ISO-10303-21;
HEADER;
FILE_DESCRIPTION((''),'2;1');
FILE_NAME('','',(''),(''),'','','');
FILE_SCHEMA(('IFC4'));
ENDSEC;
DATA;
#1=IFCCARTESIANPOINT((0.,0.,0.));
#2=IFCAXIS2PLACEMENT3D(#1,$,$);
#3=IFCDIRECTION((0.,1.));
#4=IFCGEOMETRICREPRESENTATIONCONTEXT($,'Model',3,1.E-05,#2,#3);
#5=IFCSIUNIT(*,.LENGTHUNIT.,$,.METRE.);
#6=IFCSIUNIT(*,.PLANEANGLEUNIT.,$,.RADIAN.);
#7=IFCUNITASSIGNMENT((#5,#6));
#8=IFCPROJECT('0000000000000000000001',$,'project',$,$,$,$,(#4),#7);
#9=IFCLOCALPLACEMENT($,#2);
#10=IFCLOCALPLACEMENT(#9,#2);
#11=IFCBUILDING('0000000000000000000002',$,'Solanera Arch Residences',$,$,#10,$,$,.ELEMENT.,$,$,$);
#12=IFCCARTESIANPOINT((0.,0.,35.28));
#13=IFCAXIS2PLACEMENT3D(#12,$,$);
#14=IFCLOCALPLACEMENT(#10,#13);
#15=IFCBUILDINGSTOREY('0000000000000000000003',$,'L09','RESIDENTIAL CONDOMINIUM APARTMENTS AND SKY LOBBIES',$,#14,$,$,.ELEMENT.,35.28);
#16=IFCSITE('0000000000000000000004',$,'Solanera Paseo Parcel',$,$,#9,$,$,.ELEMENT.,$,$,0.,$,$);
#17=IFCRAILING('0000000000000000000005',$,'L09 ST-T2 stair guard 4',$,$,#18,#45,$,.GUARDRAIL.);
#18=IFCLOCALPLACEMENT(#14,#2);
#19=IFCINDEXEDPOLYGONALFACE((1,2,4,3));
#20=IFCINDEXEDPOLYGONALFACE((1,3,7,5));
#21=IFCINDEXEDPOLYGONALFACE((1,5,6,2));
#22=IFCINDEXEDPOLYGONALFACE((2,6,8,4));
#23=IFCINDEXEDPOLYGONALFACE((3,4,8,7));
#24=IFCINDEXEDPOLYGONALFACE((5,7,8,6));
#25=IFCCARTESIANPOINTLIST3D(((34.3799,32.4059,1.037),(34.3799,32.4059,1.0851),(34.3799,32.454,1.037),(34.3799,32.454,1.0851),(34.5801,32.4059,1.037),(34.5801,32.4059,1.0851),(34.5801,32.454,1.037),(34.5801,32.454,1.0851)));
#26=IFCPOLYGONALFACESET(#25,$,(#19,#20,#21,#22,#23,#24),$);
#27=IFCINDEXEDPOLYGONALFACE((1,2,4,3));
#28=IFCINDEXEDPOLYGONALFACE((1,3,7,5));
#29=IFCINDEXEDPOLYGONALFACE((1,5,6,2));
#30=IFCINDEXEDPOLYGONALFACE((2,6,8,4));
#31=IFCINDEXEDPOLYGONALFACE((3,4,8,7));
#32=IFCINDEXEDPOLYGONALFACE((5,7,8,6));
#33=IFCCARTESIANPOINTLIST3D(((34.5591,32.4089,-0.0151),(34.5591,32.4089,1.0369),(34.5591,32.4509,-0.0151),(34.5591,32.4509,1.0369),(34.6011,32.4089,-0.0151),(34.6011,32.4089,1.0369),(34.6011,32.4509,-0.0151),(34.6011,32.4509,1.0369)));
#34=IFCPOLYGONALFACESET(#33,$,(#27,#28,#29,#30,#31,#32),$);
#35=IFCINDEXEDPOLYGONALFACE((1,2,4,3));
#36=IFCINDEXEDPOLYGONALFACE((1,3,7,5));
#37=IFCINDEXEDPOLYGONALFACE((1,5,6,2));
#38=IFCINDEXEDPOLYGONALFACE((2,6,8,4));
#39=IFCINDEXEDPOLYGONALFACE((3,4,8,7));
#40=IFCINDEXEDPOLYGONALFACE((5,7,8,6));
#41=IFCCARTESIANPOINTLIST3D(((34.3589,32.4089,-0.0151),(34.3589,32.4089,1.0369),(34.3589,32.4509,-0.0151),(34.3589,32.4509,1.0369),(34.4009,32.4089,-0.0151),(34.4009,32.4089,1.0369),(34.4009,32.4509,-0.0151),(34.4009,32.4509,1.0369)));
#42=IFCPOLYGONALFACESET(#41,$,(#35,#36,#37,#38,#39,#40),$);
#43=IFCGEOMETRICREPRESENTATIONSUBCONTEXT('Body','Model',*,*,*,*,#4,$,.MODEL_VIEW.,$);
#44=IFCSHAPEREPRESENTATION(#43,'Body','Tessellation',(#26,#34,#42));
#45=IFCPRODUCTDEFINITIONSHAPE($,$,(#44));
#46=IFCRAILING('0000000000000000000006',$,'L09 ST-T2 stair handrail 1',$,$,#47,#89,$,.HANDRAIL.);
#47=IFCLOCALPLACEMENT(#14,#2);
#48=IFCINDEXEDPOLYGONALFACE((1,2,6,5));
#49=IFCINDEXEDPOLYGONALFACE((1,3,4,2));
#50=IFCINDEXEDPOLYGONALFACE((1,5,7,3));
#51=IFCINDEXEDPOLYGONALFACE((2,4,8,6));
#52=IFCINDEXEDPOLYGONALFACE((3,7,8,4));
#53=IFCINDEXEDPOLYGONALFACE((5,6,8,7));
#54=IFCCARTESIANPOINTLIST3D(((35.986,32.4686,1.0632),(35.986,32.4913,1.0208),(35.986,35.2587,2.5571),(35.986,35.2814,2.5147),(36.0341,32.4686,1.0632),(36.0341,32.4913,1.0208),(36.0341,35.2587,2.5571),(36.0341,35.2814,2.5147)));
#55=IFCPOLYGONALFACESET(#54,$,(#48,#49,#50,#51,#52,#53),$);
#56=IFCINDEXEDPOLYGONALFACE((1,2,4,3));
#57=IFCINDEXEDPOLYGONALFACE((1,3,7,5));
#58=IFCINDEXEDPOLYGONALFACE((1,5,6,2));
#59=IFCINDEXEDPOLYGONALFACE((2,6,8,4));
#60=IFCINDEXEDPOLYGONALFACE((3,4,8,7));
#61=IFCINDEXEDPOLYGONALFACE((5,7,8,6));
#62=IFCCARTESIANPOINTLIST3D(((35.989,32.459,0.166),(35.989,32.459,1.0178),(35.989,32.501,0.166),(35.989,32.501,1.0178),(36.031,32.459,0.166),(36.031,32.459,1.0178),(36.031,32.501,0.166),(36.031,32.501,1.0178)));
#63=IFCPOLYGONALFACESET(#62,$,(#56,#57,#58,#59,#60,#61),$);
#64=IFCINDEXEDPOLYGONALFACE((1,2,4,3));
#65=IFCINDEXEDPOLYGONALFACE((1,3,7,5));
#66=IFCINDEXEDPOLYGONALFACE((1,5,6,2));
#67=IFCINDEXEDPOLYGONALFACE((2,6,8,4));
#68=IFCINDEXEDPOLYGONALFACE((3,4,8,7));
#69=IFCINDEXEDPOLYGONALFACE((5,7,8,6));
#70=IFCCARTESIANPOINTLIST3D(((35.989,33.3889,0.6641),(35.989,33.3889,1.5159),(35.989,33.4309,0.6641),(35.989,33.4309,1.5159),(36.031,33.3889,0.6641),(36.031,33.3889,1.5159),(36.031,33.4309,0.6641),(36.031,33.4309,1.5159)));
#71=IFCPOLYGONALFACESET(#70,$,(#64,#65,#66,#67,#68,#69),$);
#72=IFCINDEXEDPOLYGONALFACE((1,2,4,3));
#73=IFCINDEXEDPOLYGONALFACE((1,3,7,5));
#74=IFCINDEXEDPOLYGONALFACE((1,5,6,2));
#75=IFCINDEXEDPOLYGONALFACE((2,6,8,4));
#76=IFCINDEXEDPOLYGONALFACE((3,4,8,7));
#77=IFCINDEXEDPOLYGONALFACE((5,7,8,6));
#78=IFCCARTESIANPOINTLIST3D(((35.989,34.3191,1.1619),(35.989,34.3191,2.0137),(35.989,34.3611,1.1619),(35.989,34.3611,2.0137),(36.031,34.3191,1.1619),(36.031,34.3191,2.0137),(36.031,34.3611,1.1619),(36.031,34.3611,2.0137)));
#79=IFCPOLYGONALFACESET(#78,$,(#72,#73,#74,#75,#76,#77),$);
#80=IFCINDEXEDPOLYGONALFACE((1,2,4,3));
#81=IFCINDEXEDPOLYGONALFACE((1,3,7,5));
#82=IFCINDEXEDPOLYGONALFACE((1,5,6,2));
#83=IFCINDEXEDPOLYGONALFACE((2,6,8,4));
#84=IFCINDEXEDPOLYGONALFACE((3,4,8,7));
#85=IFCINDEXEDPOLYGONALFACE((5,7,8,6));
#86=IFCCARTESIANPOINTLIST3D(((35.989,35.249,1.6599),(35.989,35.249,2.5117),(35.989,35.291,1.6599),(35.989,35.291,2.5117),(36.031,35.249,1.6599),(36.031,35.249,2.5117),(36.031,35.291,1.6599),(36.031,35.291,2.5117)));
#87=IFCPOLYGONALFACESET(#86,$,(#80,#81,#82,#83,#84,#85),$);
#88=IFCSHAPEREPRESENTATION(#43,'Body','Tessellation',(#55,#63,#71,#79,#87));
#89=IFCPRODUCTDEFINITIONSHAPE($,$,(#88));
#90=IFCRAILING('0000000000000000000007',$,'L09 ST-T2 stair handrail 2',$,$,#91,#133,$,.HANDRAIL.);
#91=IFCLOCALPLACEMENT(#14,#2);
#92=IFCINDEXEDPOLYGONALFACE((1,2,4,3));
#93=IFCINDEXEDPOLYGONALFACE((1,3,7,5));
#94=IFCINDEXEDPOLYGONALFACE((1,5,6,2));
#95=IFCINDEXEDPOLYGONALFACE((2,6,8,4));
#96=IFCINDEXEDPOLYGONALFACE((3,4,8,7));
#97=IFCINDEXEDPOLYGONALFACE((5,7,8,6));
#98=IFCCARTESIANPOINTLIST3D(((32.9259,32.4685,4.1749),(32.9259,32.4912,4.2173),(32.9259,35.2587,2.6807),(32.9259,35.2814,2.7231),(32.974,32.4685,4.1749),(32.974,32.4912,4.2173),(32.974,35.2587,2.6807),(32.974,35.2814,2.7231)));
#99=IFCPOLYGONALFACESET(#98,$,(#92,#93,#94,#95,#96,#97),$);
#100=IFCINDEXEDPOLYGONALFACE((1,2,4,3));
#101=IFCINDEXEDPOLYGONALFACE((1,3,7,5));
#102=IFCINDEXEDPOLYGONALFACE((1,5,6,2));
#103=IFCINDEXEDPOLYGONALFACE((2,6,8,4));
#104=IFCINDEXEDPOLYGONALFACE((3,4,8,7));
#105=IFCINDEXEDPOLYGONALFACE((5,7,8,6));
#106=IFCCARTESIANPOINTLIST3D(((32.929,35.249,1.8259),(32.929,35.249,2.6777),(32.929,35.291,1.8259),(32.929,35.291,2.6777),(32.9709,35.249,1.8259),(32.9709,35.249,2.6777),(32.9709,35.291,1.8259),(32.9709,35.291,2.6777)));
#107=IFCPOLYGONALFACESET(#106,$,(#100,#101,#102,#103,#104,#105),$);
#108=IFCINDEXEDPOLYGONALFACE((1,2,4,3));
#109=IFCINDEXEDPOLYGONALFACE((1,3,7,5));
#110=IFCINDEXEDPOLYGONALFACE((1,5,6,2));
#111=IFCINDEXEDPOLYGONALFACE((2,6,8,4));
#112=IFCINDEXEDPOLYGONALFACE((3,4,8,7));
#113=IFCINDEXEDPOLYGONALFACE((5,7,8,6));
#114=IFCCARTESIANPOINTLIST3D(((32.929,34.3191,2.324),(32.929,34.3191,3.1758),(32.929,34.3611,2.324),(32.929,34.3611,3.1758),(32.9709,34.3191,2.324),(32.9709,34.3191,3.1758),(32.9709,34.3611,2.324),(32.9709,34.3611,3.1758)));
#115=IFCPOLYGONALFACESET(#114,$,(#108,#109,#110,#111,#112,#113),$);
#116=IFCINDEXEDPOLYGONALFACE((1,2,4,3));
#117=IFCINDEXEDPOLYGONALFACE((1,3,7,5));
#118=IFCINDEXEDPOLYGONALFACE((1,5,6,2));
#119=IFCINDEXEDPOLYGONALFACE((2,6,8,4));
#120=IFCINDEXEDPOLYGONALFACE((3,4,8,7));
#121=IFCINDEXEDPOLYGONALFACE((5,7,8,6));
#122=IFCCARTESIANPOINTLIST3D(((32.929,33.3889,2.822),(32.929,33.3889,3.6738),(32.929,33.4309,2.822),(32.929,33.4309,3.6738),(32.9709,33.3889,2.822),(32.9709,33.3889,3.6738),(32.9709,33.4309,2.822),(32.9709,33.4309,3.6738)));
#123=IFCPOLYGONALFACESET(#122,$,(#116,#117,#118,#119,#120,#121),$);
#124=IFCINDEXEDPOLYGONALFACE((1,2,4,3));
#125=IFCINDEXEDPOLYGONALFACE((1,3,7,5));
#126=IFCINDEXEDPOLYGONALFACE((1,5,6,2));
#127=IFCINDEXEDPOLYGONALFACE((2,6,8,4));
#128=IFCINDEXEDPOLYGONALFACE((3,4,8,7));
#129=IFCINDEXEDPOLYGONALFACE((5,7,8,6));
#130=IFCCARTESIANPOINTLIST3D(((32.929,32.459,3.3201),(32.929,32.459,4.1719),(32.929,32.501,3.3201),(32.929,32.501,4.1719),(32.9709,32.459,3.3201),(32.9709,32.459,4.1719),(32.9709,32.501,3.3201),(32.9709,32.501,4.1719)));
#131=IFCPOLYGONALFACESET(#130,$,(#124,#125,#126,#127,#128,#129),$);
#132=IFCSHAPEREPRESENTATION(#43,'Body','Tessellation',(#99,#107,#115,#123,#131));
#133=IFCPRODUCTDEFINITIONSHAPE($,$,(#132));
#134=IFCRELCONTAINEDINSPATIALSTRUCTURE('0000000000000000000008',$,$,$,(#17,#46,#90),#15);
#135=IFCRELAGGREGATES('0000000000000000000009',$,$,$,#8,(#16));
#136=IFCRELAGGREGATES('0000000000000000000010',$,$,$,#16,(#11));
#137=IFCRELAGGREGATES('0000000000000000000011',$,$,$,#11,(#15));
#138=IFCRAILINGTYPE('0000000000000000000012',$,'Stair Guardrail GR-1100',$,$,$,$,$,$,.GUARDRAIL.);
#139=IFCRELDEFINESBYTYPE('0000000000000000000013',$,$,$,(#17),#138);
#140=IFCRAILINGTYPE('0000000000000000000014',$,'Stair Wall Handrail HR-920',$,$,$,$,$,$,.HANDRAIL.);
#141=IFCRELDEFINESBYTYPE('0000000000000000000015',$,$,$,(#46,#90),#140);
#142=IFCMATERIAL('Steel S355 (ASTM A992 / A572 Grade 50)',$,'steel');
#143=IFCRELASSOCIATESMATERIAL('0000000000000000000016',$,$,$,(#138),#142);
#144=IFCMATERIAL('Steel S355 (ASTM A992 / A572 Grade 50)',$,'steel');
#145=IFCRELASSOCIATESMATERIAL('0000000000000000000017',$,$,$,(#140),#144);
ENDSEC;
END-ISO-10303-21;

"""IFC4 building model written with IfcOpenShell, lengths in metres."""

from ifc_helpers import new_model, si_unit, direction, frame, origin, origin_2d, place, context, subcontext, project, spatial, rectangle, extrude, material, type_object, element, save


model = new_model("IFC4")

# Units and contexts
model_context = context("Model", 3, precision=1e-05, world=origin(), true_north=direction((0.0, 1.0)))
body_context = subcontext(model_context, "Body", "Model", "MODEL_VIEW")
ifc_project = project(units=[si_unit("LENGTHUNIT", "METRE"), si_unit("PLANEANGLEUNIT", "RADIAN")], contexts=[model_context])

# Site, building, storey
site_placement = place(None, origin())
site = spatial("IfcSite", under=ifc_project, at=site_placement, Name="Solanera Paseo Parcel", CompositionType="ELEMENT", RefElevation=0.0)
building_placement = place(site_placement, origin())
building = spatial("IfcBuilding", under=site, at=building_placement, Name="Solanera Arch Residences", CompositionType="ELEMENT")
storey_placement = place(building_placement, frame((0.0, 0.0, 35.28)))
storey = spatial("IfcBuildingStorey", under=building, at=storey_placement, Name="L09", Description="RESIDENTIAL CONDOMINIUM APARTMENTS AND SKY LOBBIES", CompositionType="ELEMENT", Elevation=35.28)

# Railings
ifc_material_1 = material(Name="Steel S355 (ASTM A992 / A572 Grade 50)", Category="steel")
railing_type_1 = type_object("IfcRailingType", Name="Stair Guardrail GR-1100", PredefinedType="GUARDRAIL", material=ifc_material_1)
railing_1_placement = place(storey_placement, frame((34.5801, 32.4299, -0.0151)))
element("IfcRailing", 1, at=railing_1_placement, inside=storey, type_object=railing_type_1, Name="L09 ST-T2 stair guard 4", PredefinedType="GUARDRAIL", context=body_context, shape_type="SweptSolid", body=[
    extrude(rectangle(XDim=0.0481, YDim=0.0481, at=origin_2d()), frame((0.0, 0.0, 1.0762), z_axis=(-1.0, 0.0, 0.0), x_axis=(0.0, -1.0, 0.0)), (0.0, 0.0, 1.0), 0.2002),
    extrude(rectangle(XDim=0.042, YDim=0.042, at=origin_2d()), origin(), (0.0, 0.0, 1.0), 1.052),
    extrude(rectangle(XDim=0.042, YDim=0.042, at=origin_2d()), frame((-0.2002, 0.0, 0.0)), (0.0, 0.0, 1.0), 1.052),
])
ifc_material_2 = material(Name="Steel S355 (ASTM A992 / A572 Grade 50)", Category="steel")
railing_type_2 = type_object("IfcRailingType", Name="Stair Wall Handrail HR-920", PredefinedType="HANDRAIL", material=ifc_material_2)
railing_2_placement = place(storey_placement, frame((36.01, 32.48, 0.166)))
element("IfcRailing", 2, at=railing_2_placement, inside=storey, type_object=railing_type_2, Name="L09 ST-T2 stair handrail 1", PredefinedType="HANDRAIL", context=body_context, shape_type="SweptSolid", body=[
    extrude(rectangle(XDim=0.0481, YDim=0.0481, at=origin_2d()), frame((0.0, 0.0, 0.876), z_axis=(0.0, 0.881581, 0.472033), x_axis=(-1.0, 0.0, 0.0)), (0.0, 0.0, 1.0), 3.1648),
    extrude(rectangle(XDim=0.042, YDim=0.042, at=origin_2d()), origin(), (0.0, 0.0, 1.0), 0.8518),
    extrude(rectangle(XDim=0.042, YDim=0.042, at=origin_2d()), frame((0.0, 0.9299, 0.498)), (0.0, 0.0, 1.0), 0.8518),
    extrude(rectangle(XDim=0.042, YDim=0.042, at=origin_2d()), frame((0.0, 1.8601, 0.9958)), (0.0, 0.0, 1.0), 0.8518),
    extrude(rectangle(XDim=0.042, YDim=0.042, at=origin_2d()), frame((0.0, 2.79, 1.4939)), (0.0, 0.0, 1.0), 0.8518),
])
railing_3_placement = place(storey_placement, frame((32.95, 35.27, 1.8259)))
element("IfcRailing", 3, at=railing_3_placement, inside=storey, type_object=railing_type_2, Name="L09 ST-T2 stair handrail 2", PredefinedType="HANDRAIL", context=body_context, shape_type="SweptSolid", body=[
    extrude(rectangle(XDim=0.0481, YDim=0.0481, at=origin_2d()), frame((0.0, 0.0, 0.876), z_axis=(0.0, -0.881549, 0.472093), x_axis=(1.0, 0.0, 0.0)), (0.0, 0.0, 1.0), 3.165),
    extrude(rectangle(XDim=0.042, YDim=0.042, at=origin_2d()), origin(), (0.0, 0.0, 1.0), 0.8518),
    extrude(rectangle(XDim=0.042, YDim=0.042, at=origin_2d()), frame((0.0, -0.9299, 0.498)), (0.0, 0.0, 1.0), 0.8518),
    extrude(rectangle(XDim=0.042, YDim=0.042, at=origin_2d()), frame((0.0, -1.8601, 0.9961)), (0.0, 0.0, 1.0), 0.8518),
    extrude(rectangle(XDim=0.042, YDim=0.042, at=origin_2d()), frame((0.0, -2.79, 1.4941)), (0.0, 0.0, 1.0), 0.8518),
])

save(model, "model.ifc")
